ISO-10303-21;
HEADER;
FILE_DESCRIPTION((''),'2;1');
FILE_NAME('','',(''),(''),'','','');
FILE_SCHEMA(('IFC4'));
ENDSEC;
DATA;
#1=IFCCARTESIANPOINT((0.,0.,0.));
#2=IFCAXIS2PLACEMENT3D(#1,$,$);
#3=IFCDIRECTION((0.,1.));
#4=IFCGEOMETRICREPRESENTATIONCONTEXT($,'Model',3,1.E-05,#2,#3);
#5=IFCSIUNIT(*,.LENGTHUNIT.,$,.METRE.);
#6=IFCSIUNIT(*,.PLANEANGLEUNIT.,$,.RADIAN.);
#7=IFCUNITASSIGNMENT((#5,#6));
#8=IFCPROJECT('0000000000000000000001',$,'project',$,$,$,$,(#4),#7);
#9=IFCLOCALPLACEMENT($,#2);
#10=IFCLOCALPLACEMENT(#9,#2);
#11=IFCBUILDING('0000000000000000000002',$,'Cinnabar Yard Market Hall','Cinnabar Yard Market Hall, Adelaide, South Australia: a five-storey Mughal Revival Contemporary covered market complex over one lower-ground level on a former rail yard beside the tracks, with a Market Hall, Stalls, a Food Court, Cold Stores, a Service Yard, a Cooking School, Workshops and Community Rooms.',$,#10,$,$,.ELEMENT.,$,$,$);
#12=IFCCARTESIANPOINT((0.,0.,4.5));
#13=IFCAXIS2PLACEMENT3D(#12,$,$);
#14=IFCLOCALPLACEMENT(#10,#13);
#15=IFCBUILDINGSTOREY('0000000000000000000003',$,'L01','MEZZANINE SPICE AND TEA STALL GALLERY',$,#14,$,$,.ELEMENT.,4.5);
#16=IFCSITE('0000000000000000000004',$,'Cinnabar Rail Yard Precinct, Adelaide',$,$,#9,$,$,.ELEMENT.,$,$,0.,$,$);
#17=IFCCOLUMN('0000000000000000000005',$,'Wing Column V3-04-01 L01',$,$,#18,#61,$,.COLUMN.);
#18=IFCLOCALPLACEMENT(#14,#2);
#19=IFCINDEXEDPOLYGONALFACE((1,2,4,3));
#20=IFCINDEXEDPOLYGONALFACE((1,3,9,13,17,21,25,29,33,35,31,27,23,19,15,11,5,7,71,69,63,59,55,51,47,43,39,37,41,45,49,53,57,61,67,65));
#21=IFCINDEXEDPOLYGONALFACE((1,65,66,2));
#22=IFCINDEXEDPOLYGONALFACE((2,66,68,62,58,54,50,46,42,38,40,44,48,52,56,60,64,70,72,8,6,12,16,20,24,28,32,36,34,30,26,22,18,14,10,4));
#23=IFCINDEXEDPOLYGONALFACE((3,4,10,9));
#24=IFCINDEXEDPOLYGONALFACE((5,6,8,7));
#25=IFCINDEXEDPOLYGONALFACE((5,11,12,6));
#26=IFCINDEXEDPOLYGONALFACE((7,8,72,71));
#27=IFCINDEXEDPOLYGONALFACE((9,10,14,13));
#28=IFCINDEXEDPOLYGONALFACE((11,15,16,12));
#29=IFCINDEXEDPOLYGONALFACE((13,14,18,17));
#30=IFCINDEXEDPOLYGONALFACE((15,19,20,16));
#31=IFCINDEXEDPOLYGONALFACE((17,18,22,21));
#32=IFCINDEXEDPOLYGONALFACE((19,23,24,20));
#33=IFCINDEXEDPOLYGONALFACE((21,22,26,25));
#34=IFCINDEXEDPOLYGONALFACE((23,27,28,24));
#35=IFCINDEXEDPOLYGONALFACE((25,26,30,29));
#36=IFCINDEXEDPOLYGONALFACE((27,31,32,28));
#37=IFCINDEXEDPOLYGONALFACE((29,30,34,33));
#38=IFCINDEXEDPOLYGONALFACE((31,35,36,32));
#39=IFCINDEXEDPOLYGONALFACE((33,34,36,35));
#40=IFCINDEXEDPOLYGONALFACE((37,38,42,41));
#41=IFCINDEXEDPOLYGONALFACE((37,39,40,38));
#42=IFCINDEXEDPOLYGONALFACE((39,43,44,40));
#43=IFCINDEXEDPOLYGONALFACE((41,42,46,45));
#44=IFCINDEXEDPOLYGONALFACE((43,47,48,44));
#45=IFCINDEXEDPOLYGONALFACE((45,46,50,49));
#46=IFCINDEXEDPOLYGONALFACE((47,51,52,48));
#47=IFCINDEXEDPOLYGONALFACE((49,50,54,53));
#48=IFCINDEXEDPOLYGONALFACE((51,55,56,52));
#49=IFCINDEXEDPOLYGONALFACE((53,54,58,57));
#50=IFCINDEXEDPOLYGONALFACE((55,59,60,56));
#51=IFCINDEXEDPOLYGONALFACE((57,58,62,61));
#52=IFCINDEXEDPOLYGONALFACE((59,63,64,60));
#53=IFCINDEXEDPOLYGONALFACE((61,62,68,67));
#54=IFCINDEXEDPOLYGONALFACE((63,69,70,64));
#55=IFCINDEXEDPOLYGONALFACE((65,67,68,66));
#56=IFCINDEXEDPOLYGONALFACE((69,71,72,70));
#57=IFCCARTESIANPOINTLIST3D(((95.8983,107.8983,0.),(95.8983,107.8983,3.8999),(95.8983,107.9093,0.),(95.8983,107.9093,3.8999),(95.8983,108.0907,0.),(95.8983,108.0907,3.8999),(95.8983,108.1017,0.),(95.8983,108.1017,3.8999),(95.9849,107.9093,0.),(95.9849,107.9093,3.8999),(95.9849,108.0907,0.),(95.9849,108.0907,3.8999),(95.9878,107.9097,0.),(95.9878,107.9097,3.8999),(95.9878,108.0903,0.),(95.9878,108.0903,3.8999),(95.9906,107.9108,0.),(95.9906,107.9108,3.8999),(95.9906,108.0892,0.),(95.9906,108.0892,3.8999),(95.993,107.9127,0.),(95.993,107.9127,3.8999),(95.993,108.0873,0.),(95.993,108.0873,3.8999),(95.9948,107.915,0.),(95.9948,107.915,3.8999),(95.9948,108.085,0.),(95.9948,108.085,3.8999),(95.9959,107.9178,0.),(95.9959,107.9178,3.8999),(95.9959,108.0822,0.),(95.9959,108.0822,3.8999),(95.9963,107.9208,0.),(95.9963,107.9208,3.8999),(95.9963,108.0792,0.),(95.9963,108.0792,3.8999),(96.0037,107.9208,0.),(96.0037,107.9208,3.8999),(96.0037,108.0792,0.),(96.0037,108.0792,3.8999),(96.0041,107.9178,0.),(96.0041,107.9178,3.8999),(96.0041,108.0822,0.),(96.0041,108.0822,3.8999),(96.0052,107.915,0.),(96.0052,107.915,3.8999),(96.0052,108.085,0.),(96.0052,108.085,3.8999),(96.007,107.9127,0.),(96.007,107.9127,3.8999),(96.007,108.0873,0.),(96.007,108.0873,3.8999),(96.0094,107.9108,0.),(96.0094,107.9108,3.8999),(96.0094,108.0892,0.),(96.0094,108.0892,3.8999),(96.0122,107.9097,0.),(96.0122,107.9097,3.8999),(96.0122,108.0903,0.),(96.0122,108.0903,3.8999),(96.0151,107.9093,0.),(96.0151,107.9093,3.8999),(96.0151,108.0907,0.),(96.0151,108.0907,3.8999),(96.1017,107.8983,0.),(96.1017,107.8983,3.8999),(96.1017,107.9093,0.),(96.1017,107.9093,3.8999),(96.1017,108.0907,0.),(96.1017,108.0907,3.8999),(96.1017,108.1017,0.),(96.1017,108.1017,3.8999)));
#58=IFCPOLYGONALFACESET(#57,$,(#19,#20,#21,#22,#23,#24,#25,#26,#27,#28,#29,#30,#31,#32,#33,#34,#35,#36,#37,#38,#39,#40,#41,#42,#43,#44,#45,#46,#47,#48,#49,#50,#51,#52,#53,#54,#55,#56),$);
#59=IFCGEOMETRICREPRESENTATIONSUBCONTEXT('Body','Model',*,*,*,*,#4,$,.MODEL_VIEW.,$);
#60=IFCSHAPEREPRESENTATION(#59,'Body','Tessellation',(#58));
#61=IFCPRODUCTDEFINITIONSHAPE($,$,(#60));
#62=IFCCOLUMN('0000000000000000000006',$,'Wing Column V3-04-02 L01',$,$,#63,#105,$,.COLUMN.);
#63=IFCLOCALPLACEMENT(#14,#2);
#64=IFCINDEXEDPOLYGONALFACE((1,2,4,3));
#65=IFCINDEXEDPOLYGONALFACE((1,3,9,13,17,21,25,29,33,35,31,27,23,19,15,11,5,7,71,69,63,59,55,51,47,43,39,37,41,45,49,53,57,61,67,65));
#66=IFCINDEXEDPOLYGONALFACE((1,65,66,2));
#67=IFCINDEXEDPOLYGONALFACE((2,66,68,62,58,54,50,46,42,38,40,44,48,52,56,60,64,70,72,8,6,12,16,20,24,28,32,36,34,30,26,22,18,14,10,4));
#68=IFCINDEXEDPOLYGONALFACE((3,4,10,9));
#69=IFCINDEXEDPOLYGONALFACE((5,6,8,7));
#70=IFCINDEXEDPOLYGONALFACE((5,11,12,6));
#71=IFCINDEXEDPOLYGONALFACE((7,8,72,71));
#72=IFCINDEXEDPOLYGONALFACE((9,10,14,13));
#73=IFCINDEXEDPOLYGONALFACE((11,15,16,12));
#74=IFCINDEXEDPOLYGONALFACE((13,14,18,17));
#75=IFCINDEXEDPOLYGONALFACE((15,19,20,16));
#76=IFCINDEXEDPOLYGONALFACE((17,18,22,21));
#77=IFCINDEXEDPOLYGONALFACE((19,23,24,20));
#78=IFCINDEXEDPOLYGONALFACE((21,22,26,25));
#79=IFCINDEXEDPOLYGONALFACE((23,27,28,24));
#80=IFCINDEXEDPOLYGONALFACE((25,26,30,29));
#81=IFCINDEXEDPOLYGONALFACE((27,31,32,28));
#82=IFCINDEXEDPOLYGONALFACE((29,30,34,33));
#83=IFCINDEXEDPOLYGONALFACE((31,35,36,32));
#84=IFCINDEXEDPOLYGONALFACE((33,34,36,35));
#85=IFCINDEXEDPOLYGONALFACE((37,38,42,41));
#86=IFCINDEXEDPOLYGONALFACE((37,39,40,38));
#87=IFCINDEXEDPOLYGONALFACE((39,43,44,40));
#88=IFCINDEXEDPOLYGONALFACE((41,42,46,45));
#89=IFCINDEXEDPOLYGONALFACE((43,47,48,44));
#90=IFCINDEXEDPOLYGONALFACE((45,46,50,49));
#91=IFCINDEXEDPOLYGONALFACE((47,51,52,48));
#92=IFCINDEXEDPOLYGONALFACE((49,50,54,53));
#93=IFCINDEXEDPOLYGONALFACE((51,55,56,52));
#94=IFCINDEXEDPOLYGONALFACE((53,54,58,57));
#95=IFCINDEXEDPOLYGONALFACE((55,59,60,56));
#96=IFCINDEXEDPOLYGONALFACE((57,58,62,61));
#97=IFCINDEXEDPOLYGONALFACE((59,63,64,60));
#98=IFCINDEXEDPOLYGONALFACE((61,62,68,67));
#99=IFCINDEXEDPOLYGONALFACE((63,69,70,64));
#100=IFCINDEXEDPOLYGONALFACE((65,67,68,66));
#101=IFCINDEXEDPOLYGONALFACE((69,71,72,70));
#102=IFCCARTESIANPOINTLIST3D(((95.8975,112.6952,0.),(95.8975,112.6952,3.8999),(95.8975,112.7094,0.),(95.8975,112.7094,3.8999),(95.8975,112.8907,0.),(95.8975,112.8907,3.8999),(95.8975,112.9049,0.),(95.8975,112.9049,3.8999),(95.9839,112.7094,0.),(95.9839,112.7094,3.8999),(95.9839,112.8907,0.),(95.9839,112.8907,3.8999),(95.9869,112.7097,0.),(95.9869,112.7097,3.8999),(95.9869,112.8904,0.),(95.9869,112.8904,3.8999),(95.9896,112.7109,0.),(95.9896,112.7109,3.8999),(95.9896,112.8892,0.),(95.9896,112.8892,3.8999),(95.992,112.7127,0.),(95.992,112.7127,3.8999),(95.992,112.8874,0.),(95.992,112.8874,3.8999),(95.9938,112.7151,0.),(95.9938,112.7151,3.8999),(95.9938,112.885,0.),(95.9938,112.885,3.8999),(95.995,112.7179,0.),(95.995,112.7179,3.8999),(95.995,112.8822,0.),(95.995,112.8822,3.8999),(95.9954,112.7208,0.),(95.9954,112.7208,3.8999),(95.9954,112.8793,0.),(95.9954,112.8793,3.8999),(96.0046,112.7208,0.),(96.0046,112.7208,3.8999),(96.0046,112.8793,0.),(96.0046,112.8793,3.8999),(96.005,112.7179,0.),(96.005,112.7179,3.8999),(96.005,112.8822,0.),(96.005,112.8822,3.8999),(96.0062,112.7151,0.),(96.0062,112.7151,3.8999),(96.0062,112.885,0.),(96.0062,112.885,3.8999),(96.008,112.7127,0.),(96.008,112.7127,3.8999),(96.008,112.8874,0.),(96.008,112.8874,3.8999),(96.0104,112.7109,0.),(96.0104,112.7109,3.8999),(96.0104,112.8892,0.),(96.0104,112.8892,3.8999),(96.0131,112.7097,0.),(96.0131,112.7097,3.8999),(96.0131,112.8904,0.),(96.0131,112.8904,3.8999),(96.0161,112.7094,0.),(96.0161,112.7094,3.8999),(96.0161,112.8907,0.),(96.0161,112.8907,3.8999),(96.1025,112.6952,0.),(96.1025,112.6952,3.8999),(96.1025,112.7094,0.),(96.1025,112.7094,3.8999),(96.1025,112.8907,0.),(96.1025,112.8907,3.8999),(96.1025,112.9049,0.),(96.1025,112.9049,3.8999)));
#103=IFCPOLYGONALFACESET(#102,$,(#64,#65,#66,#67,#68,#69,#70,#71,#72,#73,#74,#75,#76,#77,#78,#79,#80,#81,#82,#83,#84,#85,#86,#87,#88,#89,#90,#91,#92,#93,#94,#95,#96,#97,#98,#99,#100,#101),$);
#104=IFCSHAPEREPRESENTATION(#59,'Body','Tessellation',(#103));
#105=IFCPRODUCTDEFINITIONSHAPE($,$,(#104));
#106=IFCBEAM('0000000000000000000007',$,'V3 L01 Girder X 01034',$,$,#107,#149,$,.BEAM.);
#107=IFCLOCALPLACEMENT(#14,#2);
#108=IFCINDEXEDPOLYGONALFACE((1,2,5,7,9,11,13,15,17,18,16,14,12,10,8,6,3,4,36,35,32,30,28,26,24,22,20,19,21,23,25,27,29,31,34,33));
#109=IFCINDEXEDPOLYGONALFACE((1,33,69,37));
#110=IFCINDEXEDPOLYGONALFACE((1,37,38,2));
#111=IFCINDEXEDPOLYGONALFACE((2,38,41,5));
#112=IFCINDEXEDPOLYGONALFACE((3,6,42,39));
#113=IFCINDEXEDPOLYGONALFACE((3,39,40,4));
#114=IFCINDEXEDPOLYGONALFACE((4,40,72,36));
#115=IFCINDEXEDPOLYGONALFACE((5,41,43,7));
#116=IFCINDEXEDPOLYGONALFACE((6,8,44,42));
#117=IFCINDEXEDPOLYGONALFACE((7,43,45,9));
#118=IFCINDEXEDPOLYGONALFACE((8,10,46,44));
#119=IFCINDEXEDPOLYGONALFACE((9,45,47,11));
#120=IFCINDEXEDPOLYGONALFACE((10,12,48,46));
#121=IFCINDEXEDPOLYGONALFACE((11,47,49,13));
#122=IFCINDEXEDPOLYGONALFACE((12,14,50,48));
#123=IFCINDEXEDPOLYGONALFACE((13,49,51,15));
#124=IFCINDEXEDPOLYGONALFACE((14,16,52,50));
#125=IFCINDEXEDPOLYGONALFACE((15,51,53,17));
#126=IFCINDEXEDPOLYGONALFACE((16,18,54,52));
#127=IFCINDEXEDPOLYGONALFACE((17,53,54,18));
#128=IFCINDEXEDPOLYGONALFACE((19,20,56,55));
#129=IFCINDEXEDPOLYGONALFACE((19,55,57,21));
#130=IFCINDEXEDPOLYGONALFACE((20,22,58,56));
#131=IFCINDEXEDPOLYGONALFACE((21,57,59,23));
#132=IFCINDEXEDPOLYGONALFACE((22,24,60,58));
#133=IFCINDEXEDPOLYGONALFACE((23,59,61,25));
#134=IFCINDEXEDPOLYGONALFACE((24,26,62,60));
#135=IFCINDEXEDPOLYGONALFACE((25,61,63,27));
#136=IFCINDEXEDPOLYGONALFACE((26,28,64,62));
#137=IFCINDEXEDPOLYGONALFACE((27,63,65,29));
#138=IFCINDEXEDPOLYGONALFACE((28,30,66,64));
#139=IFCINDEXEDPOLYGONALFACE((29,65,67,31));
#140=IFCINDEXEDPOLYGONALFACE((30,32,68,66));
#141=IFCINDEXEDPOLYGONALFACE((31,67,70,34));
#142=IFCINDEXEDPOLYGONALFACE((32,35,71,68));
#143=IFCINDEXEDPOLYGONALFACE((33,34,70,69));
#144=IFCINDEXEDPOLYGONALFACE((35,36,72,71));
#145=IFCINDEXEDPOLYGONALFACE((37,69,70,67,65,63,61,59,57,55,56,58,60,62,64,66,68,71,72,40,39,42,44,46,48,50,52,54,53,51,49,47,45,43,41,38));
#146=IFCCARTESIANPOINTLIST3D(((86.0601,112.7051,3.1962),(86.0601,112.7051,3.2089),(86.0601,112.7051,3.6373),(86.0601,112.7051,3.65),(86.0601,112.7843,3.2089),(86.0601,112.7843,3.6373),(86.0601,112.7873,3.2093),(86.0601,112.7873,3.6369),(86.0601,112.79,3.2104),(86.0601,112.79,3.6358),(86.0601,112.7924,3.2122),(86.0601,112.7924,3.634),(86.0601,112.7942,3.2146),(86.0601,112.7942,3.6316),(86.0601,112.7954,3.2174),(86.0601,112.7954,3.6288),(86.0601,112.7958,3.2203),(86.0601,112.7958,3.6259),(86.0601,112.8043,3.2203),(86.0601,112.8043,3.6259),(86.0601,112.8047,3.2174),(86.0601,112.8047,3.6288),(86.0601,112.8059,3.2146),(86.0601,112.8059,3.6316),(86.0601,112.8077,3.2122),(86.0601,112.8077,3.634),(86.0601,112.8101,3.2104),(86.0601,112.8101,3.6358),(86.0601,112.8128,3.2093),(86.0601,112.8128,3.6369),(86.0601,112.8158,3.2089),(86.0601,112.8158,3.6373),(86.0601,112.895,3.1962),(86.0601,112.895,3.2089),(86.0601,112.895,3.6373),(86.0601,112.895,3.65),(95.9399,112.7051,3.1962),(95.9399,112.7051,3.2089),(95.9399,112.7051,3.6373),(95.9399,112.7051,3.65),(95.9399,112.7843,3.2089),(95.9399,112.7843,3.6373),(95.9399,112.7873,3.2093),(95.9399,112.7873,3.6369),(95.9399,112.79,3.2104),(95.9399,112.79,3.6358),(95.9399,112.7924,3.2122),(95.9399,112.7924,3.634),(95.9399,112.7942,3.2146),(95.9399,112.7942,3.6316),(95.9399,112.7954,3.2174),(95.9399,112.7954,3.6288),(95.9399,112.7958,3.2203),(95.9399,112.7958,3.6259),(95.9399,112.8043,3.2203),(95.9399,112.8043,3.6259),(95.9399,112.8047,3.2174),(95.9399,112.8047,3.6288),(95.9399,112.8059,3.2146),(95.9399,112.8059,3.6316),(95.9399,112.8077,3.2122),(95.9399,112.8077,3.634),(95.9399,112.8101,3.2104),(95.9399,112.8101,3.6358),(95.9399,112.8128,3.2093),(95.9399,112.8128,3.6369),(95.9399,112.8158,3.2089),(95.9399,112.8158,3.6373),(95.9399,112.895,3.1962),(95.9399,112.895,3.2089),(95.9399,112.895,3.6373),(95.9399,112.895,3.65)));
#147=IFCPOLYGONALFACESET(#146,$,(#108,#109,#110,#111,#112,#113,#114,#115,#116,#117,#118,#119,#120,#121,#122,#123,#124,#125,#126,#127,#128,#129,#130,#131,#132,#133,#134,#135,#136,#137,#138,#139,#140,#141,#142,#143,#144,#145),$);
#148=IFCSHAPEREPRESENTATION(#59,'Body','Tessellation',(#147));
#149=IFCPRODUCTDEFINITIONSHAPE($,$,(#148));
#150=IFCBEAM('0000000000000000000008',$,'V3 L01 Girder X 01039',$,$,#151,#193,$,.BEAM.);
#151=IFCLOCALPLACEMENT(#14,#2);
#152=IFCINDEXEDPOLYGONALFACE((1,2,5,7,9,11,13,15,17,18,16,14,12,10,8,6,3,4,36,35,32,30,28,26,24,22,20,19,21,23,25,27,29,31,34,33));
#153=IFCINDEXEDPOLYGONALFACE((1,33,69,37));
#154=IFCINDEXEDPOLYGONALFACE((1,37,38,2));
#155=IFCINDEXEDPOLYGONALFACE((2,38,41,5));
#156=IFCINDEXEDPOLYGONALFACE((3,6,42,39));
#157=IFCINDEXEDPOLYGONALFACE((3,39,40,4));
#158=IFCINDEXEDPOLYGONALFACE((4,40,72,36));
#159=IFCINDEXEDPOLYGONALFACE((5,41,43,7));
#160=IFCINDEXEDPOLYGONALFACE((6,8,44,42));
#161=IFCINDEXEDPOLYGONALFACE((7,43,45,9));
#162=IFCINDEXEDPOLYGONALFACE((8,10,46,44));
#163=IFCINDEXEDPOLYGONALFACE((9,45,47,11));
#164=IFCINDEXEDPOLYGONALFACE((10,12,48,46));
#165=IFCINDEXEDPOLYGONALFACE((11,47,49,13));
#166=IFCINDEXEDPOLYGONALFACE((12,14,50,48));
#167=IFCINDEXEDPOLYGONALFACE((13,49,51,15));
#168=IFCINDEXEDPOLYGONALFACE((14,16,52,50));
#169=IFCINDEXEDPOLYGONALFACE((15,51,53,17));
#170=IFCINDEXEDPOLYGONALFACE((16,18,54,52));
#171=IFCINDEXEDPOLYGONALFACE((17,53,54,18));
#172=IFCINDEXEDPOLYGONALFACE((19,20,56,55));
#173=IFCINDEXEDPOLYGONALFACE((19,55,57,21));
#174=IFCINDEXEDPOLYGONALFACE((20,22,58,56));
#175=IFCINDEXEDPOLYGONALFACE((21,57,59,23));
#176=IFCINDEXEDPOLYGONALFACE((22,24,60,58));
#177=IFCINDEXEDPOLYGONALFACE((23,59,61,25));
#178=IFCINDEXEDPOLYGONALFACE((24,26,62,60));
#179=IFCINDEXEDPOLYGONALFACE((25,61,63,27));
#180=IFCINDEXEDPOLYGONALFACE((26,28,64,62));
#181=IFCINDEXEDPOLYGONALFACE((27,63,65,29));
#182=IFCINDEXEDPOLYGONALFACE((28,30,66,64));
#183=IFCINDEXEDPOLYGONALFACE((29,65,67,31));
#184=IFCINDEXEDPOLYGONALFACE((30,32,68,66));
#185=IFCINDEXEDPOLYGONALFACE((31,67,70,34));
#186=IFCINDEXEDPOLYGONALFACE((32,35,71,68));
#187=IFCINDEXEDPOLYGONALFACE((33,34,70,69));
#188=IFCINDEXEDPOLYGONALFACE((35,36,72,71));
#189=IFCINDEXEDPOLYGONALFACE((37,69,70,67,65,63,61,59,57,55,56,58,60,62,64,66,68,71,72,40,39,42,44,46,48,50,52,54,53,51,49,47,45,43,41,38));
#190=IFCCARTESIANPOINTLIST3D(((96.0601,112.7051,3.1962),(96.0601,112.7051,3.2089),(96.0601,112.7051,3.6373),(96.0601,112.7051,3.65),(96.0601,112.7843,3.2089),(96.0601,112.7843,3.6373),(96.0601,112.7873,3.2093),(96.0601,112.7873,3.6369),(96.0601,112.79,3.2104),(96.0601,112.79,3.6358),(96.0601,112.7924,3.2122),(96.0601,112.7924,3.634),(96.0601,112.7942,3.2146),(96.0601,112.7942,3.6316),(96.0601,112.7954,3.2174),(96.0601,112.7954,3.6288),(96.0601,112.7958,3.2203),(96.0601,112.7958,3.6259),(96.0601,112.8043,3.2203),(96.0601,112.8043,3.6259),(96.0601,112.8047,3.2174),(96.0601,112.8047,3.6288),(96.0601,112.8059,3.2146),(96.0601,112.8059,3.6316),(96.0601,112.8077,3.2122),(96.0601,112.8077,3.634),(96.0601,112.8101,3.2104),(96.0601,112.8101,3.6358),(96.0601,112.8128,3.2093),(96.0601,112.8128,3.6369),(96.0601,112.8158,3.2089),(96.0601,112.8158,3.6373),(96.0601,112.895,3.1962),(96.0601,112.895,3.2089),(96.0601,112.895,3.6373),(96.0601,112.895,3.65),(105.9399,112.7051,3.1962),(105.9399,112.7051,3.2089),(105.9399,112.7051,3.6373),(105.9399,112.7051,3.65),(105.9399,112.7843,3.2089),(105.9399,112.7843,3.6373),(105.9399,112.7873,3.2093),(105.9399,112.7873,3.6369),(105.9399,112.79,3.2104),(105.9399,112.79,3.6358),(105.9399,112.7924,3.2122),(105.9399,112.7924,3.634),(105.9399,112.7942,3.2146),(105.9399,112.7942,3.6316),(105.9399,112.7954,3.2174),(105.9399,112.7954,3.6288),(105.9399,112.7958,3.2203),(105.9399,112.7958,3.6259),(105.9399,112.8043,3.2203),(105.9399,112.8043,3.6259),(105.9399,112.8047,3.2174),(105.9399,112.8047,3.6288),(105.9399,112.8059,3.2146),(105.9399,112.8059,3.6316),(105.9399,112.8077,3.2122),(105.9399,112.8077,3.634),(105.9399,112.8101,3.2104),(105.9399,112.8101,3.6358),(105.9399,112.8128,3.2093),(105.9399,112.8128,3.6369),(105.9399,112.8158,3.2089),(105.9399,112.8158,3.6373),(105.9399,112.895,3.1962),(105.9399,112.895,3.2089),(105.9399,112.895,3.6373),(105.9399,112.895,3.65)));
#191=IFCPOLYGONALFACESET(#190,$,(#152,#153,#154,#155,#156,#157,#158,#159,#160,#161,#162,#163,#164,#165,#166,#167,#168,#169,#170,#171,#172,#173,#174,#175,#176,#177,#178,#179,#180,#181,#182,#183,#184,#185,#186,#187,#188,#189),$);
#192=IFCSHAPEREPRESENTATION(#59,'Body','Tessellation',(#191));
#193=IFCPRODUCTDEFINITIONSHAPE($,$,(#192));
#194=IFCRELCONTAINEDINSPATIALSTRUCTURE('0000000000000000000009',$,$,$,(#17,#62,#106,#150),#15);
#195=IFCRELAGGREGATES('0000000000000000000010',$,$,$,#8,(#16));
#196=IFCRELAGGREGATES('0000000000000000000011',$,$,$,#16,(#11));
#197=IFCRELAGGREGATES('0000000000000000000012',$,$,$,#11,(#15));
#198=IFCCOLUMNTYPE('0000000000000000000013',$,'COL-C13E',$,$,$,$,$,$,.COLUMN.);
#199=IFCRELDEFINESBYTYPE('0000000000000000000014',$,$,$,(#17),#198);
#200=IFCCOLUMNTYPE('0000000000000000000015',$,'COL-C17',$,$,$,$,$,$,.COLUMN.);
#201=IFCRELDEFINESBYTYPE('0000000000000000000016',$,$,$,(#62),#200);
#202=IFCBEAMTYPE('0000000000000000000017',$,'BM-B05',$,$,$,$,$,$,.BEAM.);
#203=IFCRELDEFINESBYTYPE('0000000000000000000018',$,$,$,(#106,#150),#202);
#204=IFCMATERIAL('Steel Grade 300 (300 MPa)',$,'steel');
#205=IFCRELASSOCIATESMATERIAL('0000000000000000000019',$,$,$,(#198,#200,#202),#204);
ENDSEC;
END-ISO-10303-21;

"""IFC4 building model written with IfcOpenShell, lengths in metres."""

from ifc_helpers import new_model, si_unit, direction, frame, origin, origin_2d_with_axis, place, context, subcontext, project, spatial, i_section, extrude, material, material_profile, profile_set, type_object, element, save


model = new_model("IFC4")

# Units and contexts
model_context = context("Model", 3, precision=1e-05, world=origin(), true_north=direction((0.0, 1.0)))
body_context = subcontext(model_context, "Body", "Model", "MODEL_VIEW")
ifc_project = project(units=[si_unit("LENGTHUNIT", "METRE"), si_unit("PLANEANGLEUNIT", "RADIAN")], contexts=[model_context])

# Site, building, storey
site_placement = place(None, origin())
site = spatial("IfcSite", under=ifc_project, at=site_placement, Name="Cinnabar Rail Yard Precinct, Adelaide", CompositionType="ELEMENT", RefElevation=0.0)
building_placement = place(site_placement, origin())
building = spatial("IfcBuilding", under=site, at=building_placement, Name="Cinnabar Yard Market Hall", Description="Cinnabar Yard Market Hall, Adelaide, South Australia: a five-storey Mughal Revival Contemporary covered market complex over one lower-ground level on a former rail yard beside the tracks, with a Market Hall, Stalls, a Food Court, Cold Stores, a Service Yard, a Cooking School, Workshops and Community Rooms.", CompositionType="ELEMENT")
storey_placement = place(building_placement, frame((0.0, 0.0, 4.5)))
storey = spatial("IfcBuildingStorey", under=building, at=storey_placement, Name="L01", Description="MEZZANINE SPICE AND TEA STALL GALLERY", CompositionType="ELEMENT", Elevation=4.5)

# Columns
ifc_material_1 = material(Name="Steel Grade 300 (300 MPa)", Category="steel")
ifc_material_profile_1 = material_profile(ifc_material_1, i_section(OverallWidth=0.2034, OverallDepth=0.2034, WebThickness=0.0073, FlangeThickness=0.011, FilletRadius=0.0115, at=origin_2d_with_axis()), Name="200UC46.2")
ifc_profile_set_1 = profile_set([ifc_material_profile_1], Name="Steel Grade 300 (300 MPa)")
column_type_1 = type_object("IfcColumnType", Name="COL-C13E", PredefinedType="COLUMN", material=ifc_profile_set_1)
column_1_placement = place(storey_placement, frame((96.0, 108.0, 0.0), z_axis=(0.0, 0.0, 1.0), x_axis=(1.0, 0.0, 0.0)))
element("IfcColumn", 1, at=column_1_placement, inside=storey, type_object=column_type_1, Name="Wing Column V3-04-01 L01", PredefinedType="COLUMN", context=body_context, shape_type="SweptSolid", body=[
    extrude(i_section(OverallWidth=0.2034, OverallDepth=0.2034, WebThickness=0.0073, FlangeThickness=0.011, FilletRadius=0.0115, at=origin_2d_with_axis()), origin(), (0.0, 0.0, 1.0), 3.8999),
])
ifc_material_profile_2 = material_profile(ifc_material_1, i_section(OverallWidth=0.2051, OverallDepth=0.2097, WebThickness=0.0093, FlangeThickness=0.0142, FilletRadius=0.0115, at=origin_2d_with_axis()), Name="200UC59.5")
ifc_profile_set_2 = profile_set([ifc_material_profile_2], Name="Steel Grade 300 (300 MPa)")
column_type_2 = type_object("IfcColumnType", Name="COL-C17", PredefinedType="COLUMN", material=ifc_profile_set_2)
column_2_placement = place(storey_placement, frame((96.0, 112.8, 0.0), z_axis=(0.0, 0.0, 1.0), x_axis=(1.0, 0.0, 0.0)))
element("IfcColumn", 2, at=column_2_placement, inside=storey, type_object=column_type_2, Name="Wing Column V3-04-02 L01", PredefinedType="COLUMN", context=body_context, shape_type="SweptSolid", body=[
    extrude(i_section(OverallWidth=0.2051, OverallDepth=0.2097, WebThickness=0.0093, FlangeThickness=0.0142, FilletRadius=0.0115, at=origin_2d_with_axis()), origin(), (0.0, 0.0, 1.0), 3.8999),
])

# Beams
ifc_material_profile_3 = material_profile(ifc_material_1, i_section(OverallWidth=0.1899, OverallDepth=0.4539, WebThickness=0.0085, FlangeThickness=0.0127, FilletRadius=0.0115, at=origin_2d_with_axis()), Name="460UB67.1")
ifc_profile_set_3 = profile_set([ifc_material_profile_3], Name="Steel Grade 300 (300 MPa)")
beam_type_1 = type_object("IfcBeamType", Name="BM-B05", PredefinedType="BEAM", material=ifc_profile_set_3)
for number, where, z_axis, x_axis, name in (
    (3, (86.0601, 112.8, 3.4231), (1.0, 0.0, 0.0), (0.0, 1.0, 0.0), "V3 L01 Girder X 01034"),
    (4, (96.0601, 112.8, 3.4231), (1.0, 0.0, 0.0), (0.0, 1.0, 0.0), "V3 L01 Girder X 01039"),
):
    element("IfcBeam", number, at=place(storey_placement, frame(where, z_axis=z_axis, x_axis=x_axis)), inside=storey, type_object=beam_type_1, Name=name, PredefinedType="BEAM", context=body_context, shape_type="SweptSolid", body=[
        extrude(i_section(OverallWidth=0.1899, OverallDepth=0.4539, WebThickness=0.0085, FlangeThickness=0.0127, FilletRadius=0.0115, at=origin_2d_with_axis()), origin(), (0.0, 0.0, 1.0), 9.8799),
    ])

save(model, "model.ifc")
